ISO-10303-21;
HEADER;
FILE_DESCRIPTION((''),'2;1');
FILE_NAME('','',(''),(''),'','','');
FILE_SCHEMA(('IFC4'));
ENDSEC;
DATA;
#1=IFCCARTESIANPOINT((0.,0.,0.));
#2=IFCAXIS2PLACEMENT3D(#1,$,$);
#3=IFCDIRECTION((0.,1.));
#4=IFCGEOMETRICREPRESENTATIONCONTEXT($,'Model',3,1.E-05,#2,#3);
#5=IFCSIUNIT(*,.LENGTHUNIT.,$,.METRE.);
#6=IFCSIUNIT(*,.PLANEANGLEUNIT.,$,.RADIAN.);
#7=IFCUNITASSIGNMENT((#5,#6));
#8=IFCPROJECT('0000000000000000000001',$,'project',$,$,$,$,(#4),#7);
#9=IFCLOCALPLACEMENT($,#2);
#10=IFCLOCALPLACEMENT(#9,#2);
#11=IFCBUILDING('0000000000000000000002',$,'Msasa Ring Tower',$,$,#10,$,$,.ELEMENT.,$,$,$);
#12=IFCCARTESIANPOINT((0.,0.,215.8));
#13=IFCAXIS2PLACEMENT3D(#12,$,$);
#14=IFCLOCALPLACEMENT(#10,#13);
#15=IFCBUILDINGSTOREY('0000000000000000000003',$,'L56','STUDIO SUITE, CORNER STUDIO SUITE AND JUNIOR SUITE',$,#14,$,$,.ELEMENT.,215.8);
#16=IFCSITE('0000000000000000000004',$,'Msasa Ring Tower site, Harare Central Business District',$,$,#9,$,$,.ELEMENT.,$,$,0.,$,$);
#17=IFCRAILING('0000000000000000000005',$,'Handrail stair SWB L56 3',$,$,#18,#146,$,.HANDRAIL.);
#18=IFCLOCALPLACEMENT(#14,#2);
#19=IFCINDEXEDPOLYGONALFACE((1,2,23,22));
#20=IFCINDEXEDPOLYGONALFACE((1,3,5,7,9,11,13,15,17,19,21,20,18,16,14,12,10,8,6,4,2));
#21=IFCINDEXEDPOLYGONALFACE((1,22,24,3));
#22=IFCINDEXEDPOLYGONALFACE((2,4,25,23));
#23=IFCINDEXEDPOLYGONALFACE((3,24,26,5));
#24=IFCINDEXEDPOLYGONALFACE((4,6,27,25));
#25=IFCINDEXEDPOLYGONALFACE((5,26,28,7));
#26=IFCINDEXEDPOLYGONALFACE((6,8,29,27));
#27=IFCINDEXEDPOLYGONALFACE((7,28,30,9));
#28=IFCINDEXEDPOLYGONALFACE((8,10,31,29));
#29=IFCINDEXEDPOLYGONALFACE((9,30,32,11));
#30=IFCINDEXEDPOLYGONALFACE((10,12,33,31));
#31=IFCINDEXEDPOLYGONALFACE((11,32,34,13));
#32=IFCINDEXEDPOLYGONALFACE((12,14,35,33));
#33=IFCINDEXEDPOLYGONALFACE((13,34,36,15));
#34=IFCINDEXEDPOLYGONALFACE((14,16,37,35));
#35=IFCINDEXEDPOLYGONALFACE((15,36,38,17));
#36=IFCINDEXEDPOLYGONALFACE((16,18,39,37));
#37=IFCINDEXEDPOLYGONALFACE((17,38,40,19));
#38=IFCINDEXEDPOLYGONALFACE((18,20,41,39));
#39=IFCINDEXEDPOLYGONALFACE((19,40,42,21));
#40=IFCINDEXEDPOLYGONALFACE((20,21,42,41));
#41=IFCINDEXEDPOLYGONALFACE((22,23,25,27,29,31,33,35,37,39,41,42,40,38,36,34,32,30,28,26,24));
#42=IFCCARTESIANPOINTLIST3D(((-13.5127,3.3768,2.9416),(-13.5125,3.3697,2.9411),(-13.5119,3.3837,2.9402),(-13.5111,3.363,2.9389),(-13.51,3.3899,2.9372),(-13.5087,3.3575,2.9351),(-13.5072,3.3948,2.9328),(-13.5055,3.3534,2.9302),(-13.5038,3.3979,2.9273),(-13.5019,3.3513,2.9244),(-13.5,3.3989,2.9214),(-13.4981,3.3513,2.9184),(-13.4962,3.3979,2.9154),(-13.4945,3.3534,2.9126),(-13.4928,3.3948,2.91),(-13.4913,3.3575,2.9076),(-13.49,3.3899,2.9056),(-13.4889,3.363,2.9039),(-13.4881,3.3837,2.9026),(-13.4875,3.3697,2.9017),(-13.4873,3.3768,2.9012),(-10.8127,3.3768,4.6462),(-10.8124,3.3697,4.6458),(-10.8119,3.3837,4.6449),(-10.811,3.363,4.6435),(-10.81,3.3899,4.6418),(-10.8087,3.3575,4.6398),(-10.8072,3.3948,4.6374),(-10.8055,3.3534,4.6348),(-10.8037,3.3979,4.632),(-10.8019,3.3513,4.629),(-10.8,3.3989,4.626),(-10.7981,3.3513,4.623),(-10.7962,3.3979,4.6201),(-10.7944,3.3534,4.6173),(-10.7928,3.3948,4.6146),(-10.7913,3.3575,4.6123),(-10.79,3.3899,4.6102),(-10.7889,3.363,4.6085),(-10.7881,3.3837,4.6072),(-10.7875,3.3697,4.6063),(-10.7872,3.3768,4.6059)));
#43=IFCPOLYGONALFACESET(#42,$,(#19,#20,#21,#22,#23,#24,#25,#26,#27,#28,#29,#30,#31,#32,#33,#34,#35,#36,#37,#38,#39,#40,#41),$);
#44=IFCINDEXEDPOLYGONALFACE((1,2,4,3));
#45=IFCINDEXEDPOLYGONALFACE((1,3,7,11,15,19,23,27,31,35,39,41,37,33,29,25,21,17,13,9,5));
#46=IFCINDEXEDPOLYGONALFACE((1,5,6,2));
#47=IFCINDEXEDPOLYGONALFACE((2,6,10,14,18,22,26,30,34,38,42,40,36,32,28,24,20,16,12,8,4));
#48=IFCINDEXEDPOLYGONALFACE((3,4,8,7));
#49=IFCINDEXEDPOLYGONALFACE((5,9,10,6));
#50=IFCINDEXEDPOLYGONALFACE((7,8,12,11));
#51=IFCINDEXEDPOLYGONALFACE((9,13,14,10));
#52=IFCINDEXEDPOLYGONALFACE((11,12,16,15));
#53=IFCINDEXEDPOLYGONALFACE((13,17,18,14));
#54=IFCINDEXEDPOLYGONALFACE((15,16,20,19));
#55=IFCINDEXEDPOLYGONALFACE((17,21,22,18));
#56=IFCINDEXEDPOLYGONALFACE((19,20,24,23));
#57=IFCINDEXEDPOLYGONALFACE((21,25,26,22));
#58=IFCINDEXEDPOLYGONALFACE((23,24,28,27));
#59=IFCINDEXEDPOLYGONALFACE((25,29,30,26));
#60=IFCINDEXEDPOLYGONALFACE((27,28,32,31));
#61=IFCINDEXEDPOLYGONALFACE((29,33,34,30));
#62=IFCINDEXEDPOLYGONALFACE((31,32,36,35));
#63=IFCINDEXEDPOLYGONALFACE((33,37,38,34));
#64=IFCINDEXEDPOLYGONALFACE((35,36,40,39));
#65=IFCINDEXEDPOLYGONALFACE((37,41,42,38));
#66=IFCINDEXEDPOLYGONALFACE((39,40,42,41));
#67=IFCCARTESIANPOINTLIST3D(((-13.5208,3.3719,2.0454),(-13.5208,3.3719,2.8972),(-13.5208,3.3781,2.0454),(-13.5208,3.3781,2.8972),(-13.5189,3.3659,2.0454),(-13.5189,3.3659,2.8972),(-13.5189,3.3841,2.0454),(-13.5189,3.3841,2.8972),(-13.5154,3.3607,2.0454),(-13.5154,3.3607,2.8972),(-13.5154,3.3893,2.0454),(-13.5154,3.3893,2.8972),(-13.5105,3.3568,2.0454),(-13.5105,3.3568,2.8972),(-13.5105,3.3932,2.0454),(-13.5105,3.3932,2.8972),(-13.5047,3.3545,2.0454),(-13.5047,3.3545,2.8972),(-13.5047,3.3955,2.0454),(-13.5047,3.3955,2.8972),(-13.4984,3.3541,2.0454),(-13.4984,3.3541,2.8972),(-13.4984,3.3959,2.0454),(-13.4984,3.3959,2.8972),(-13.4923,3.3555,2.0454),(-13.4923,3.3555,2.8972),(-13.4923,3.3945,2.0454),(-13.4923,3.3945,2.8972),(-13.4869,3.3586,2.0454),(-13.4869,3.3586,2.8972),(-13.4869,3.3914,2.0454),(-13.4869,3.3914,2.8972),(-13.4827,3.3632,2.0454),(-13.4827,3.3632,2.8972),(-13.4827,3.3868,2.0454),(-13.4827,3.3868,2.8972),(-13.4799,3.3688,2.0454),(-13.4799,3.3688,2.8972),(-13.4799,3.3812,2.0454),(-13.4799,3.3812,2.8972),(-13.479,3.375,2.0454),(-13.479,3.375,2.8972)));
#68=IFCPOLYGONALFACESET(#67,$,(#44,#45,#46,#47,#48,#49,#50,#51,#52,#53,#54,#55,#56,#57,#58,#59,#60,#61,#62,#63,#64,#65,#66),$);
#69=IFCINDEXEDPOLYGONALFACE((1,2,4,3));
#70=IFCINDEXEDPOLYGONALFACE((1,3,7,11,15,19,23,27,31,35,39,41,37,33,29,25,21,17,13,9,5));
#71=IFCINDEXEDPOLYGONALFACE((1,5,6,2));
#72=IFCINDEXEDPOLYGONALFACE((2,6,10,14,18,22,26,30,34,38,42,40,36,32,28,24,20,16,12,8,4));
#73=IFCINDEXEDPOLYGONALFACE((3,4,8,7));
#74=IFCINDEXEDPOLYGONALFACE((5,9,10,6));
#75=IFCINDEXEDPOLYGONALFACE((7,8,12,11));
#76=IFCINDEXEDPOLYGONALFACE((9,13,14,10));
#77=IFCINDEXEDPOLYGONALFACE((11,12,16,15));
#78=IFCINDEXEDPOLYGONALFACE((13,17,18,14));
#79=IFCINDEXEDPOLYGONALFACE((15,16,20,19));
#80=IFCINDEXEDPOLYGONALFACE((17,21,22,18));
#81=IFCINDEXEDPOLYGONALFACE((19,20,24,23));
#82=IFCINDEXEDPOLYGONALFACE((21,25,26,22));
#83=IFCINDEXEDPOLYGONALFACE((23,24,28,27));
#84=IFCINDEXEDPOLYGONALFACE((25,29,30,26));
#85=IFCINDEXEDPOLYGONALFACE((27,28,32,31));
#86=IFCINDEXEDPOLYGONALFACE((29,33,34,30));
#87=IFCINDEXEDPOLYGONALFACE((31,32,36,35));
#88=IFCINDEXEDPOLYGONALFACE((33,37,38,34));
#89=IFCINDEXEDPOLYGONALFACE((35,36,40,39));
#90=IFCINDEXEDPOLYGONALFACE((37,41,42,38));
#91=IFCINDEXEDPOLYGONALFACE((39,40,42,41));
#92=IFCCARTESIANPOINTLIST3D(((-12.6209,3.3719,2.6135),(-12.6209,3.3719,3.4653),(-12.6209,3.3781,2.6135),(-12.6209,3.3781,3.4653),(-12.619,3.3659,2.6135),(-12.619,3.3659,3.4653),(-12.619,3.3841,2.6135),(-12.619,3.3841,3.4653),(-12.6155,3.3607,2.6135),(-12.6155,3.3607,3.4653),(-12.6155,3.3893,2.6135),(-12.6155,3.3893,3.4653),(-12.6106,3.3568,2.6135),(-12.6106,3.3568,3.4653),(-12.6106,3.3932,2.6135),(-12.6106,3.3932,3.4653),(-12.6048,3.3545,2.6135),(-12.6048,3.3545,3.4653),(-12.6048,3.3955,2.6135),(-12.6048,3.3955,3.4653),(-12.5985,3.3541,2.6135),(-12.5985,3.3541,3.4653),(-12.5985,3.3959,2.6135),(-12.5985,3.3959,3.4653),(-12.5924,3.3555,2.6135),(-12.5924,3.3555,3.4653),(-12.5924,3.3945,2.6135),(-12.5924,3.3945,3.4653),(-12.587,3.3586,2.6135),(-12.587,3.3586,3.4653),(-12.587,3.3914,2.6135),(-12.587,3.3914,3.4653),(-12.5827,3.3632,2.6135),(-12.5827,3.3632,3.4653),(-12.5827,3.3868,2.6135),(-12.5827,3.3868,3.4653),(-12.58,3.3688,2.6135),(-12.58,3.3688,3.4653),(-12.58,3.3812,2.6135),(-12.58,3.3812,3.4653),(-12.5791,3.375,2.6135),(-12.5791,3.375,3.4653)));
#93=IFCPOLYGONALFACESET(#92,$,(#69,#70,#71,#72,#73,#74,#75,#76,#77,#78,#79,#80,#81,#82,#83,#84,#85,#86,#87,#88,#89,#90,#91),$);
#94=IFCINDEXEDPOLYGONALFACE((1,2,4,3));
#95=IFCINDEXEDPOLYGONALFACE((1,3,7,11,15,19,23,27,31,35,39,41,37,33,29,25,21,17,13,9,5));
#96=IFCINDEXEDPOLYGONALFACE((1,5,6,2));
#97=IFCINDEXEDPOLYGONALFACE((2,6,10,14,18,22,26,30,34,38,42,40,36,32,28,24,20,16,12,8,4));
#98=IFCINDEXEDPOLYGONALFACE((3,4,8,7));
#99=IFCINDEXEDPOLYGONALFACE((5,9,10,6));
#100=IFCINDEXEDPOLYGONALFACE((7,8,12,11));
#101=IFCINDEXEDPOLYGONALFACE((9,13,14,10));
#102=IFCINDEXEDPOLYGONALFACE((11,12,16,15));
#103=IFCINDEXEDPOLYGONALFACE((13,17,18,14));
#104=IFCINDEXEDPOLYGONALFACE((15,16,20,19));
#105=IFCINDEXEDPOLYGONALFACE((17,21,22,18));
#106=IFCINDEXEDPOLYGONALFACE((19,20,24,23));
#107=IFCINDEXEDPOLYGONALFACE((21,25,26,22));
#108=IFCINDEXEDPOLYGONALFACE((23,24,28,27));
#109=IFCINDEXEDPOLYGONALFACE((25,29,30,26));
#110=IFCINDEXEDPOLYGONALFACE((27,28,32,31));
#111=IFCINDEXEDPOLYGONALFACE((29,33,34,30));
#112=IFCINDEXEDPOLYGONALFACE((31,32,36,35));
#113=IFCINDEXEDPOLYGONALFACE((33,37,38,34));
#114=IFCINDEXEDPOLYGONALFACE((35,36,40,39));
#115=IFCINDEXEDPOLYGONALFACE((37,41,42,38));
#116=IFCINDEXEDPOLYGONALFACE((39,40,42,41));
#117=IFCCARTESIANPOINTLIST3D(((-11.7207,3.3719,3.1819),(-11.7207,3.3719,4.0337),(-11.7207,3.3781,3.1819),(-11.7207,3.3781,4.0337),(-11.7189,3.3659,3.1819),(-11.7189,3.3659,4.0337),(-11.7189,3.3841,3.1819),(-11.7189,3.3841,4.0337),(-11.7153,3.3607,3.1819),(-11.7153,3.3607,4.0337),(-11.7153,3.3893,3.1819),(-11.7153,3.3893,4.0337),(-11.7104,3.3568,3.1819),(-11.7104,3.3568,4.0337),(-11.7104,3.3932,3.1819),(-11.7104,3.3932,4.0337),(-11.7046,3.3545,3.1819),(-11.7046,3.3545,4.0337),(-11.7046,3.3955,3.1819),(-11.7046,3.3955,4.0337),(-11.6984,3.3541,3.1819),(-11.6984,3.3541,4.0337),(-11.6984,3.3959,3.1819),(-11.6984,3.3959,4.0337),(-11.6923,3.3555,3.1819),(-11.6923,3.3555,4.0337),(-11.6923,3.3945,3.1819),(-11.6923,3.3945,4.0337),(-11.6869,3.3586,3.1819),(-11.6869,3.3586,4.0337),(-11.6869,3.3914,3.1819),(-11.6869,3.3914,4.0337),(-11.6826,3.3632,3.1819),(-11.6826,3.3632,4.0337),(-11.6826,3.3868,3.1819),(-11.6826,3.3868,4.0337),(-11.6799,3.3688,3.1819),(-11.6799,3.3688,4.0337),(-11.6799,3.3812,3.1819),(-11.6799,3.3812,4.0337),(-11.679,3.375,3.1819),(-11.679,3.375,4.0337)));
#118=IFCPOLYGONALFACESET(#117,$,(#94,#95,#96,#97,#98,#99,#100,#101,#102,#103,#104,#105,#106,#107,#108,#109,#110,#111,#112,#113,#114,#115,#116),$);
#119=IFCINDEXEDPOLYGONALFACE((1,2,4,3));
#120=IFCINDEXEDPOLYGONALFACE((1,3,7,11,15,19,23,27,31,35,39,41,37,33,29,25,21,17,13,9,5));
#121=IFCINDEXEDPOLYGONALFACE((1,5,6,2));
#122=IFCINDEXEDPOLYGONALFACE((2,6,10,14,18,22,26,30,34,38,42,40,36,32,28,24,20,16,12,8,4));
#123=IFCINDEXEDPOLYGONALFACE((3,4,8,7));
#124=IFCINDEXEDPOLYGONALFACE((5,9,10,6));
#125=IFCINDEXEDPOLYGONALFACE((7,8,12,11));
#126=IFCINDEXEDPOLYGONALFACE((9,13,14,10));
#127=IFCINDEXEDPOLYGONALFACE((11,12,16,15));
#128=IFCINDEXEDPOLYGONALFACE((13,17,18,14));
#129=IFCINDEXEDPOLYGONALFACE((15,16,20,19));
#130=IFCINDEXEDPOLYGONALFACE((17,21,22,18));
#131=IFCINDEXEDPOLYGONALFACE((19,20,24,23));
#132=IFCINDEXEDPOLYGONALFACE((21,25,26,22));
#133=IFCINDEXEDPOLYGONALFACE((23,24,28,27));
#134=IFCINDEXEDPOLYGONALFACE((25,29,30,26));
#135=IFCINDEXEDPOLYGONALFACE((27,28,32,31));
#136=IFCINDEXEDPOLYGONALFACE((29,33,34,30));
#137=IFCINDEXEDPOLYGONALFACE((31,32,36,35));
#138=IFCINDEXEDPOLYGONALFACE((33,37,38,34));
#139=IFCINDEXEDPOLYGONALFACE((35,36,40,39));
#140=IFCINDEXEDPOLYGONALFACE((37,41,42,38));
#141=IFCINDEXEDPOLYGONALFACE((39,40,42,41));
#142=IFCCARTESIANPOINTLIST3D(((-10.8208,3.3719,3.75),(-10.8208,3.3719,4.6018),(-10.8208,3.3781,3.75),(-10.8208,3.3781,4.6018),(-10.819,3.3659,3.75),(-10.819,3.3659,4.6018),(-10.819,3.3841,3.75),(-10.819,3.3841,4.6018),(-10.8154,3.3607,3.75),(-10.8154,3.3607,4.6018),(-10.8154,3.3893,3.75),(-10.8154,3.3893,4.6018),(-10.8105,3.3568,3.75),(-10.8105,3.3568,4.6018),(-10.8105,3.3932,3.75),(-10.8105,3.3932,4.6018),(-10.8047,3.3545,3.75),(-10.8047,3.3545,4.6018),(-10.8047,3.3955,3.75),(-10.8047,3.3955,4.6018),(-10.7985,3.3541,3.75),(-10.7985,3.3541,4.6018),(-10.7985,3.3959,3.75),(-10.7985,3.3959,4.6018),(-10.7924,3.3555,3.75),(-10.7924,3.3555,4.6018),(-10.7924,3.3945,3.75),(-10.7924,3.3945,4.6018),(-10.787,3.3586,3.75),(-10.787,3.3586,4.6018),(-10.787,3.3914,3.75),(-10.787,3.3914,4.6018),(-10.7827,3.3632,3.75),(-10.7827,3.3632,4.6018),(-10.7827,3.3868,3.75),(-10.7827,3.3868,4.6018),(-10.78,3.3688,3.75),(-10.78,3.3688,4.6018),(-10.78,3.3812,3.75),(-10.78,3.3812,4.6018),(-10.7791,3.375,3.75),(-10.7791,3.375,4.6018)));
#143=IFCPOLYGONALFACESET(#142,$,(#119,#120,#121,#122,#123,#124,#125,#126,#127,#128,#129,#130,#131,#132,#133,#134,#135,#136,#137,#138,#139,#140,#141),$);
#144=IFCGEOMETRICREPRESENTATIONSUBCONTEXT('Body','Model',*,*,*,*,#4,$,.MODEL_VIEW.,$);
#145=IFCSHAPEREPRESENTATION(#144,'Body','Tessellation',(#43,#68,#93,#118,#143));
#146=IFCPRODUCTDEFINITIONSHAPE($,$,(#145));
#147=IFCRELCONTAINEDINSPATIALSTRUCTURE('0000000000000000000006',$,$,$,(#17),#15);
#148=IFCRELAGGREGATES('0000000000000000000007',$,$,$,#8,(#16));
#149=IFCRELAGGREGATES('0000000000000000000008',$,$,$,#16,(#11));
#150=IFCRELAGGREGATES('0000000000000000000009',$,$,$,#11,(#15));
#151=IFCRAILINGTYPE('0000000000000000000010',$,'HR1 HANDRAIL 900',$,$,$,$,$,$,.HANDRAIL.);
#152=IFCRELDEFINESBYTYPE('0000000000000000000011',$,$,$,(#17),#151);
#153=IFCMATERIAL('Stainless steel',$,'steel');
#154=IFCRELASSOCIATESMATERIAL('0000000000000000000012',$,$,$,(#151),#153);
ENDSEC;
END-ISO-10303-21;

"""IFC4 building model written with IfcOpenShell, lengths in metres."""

from ifc_helpers import new_model, si_unit, direction, frame, origin, origin_2d, place, context, subcontext, project, spatial, circle, extrude, material, type_object, element, save


model = new_model("IFC4")

# Units and contexts
model_context = context("Model", 3, precision=1e-05, world=origin(), true_north=direction((0.0, 1.0)))
body_context = subcontext(model_context, "Body", "Model", "MODEL_VIEW")
ifc_project = project(units=[si_unit("LENGTHUNIT", "METRE"), si_unit("PLANEANGLEUNIT", "RADIAN")], contexts=[model_context])

# Site, building, storey
site_placement = place(None, origin())
site = spatial("IfcSite", under=ifc_project, at=site_placement, Name="Msasa Ring Tower site, Harare Central Business District", CompositionType="ELEMENT", RefElevation=0.0)
building_placement = place(site_placement, origin())
building = spatial("IfcBuilding", under=site, at=building_placement, Name="Msasa Ring Tower", CompositionType="ELEMENT")
storey_placement = place(building_placement, frame((0.0, 0.0, 215.8)))
storey = spatial("IfcBuildingStorey", under=building, at=storey_placement, Name="L56", Description="STUDIO SUITE, CORNER STUDIO SUITE AND JUNIOR SUITE", CompositionType="ELEMENT", Elevation=215.8)

# Railing
ifc_material_1 = material(Name="Stainless steel", Category="steel")
railing_type = type_object("IfcRailingType", Name="HR1 HANDRAIL 900", PredefinedType="HANDRAIL", material=ifc_material_1)
for number, where, name in (
    (1, (-13.5, 3.375, 2.0454), "Handrail stair SWB L56 3"),
):
    element("IfcRailing", number, at=place(storey_placement, frame(where)), inside=storey, type_object=railing_type, Name=name, PredefinedType="HANDRAIL", context=body_context, shape_type="SweptSolid", body=[
        extrude(circle(Radius=0.0239, at=origin_2d()), frame((0.0, 0.0, 0.876), z_axis=(0.84558, 0.0, 0.533849), x_axis=(0.0, 1.0, 0.0)), (0.0, 0.0, 1.0), 3.1931),
        extrude(circle(Radius=0.021, at=origin_2d()), origin(), (0.0, 0.0, 1.0), 0.8518),
        extrude(circle(Radius=0.021, at=origin_2d()), frame((0.8999, 0.0, 0.5681)), (0.0, 0.0, 1.0), 0.8518),
        extrude(circle(Radius=0.021, at=origin_2d()), frame((1.8, 0.0, 1.1365)), (0.0, 0.0, 1.0), 0.8518),
        extrude(circle(Radius=0.021, at=origin_2d()), frame((2.7, 0.0, 1.7046)), (0.0, 0.0, 1.0), 0.8518),
    ])

save(model, "model.ifc")
